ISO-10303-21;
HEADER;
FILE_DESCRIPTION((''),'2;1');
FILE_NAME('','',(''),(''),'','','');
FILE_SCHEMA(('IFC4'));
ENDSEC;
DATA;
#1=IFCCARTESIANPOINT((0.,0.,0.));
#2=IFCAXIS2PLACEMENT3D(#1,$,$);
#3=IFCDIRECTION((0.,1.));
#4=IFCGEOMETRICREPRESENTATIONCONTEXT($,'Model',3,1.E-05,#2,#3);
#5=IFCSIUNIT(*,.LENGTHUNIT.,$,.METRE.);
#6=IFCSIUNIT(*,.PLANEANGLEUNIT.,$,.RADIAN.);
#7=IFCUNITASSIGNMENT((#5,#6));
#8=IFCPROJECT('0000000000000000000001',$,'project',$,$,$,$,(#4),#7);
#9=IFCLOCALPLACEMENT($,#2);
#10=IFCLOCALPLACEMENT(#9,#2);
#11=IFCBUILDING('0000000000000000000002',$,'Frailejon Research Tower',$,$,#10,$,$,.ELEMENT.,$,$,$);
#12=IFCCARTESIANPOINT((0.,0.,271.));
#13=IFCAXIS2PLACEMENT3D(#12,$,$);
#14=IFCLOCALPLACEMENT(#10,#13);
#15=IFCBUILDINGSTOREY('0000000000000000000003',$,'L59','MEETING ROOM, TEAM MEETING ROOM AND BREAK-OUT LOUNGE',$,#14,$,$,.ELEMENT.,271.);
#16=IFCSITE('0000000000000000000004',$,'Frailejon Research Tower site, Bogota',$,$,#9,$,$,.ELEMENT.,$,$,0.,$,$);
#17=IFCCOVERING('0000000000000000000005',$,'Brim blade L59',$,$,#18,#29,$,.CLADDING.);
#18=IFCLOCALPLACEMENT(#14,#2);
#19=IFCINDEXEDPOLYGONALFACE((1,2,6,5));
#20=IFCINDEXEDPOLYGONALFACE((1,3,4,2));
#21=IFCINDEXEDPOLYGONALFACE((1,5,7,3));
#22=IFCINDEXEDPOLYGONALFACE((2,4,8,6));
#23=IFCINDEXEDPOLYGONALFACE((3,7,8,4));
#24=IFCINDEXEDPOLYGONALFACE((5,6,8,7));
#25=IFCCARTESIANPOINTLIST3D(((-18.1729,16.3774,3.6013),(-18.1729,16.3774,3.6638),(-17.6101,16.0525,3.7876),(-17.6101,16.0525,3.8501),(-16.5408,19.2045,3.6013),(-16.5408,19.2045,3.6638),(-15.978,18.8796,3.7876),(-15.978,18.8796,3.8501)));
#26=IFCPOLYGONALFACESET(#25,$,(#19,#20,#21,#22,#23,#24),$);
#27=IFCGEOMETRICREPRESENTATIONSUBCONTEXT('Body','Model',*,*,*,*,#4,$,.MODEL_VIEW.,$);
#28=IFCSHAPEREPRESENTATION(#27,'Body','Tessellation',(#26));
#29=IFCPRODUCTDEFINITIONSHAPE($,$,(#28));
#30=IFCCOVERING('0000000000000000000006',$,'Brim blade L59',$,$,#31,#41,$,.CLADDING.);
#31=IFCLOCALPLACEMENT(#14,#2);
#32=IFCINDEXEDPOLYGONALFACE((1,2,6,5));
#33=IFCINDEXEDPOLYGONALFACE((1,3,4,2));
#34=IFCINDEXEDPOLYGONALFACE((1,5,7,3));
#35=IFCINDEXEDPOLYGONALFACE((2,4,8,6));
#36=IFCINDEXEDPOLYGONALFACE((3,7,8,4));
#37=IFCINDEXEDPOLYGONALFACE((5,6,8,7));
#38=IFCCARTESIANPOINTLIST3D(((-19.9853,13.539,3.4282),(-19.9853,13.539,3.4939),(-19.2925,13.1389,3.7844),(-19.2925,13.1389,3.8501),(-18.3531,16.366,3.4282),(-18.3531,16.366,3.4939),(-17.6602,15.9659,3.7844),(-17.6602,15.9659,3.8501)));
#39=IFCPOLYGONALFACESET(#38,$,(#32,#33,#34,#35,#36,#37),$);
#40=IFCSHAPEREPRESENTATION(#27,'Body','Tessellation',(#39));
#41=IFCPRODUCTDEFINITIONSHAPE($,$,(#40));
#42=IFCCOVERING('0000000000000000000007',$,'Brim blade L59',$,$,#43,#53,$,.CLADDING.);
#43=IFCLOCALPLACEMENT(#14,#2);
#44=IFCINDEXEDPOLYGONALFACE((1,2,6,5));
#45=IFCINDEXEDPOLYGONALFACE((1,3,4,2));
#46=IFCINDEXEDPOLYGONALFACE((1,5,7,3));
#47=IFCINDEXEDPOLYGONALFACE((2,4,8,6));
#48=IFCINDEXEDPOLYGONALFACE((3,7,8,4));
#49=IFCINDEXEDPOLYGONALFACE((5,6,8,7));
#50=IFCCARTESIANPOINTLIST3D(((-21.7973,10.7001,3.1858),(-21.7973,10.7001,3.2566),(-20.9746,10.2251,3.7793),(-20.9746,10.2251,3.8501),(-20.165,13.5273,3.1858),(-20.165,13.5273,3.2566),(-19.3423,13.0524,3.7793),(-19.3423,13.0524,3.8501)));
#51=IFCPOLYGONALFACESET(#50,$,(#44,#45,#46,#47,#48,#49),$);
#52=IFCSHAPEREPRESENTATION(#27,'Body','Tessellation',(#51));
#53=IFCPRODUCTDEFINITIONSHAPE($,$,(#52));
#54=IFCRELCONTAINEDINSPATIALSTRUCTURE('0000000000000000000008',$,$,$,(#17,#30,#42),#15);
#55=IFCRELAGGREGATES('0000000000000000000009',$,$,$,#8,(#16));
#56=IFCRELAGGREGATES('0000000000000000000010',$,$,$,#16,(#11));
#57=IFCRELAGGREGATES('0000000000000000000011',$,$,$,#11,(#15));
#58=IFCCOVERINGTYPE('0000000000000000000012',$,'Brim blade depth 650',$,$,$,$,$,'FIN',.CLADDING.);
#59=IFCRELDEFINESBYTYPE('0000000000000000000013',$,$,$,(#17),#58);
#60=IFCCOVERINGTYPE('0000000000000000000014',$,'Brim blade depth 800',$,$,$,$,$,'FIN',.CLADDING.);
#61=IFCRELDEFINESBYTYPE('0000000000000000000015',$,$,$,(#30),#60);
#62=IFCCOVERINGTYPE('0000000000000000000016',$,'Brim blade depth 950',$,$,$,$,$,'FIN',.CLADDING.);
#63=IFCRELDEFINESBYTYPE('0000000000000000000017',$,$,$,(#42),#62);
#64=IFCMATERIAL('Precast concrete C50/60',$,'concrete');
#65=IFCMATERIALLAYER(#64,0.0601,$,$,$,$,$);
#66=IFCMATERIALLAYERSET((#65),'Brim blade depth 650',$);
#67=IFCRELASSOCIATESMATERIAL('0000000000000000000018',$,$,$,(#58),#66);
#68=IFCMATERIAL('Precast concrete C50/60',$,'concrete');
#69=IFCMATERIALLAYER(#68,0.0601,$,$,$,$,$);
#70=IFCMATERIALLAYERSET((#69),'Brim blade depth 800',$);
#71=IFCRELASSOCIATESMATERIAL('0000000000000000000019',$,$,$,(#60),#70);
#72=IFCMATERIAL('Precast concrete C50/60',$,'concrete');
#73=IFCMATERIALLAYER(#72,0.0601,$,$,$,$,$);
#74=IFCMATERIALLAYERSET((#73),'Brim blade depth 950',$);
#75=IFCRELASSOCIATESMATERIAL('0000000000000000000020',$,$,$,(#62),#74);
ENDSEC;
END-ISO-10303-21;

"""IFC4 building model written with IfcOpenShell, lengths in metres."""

from ifc_helpers import new_model, si_unit, direction, frame, origin, place, context, subcontext, project, spatial, polyline, outline, extrude, material, layer, layer_set, type_object, element, save


model = new_model("IFC4")

# Units and contexts
model_context = context("Model", 3, precision=1e-05, world=origin(), true_north=direction((0.0, 1.0)))
body_context = subcontext(model_context, "Body", "Model", "MODEL_VIEW")
ifc_project = project(units=[si_unit("LENGTHUNIT", "METRE"), si_unit("PLANEANGLEUNIT", "RADIAN")], contexts=[model_context])

# Site, building, storey
site_placement = place(None, origin())
site = spatial("IfcSite", under=ifc_project, at=site_placement, Name="Frailejon Research Tower site, Bogota", CompositionType="ELEMENT", RefElevation=0.0)
building_placement = place(site_placement, origin())
building = spatial("IfcBuilding", under=site, at=building_placement, Name="Frailejon Research Tower", CompositionType="ELEMENT")
storey_placement = place(building_placement, frame((0.0, 0.0, 271.0)))
storey = spatial("IfcBuildingStorey", under=building, at=storey_placement, Name="L59", Description="MEETING ROOM, TEAM MEETING ROOM AND BREAK-OUT LOUNGE", CompositionType="ELEMENT", Elevation=271.0)

# Coverings
ifc_material_1 = material(Name="Precast concrete C50/60", Category="concrete")
ifc_layer_1 = layer(ifc_material_1, 0.0601)
ifc_layer_set_1 = layer_set([ifc_layer_1], Name="Brim blade depth 650")
covering_type_1 = type_object("IfcCoveringType", Name="Brim blade depth 650", ElementType="FIN", PredefinedType="CLADDING", material=ifc_layer_set_1)
covering_1_placement = place(storey_placement, frame((-17.6101, 16.0525, 3.8501), z_axis=(0.499981, 0.866036, 0.0), x_axis=(-0.866036, 0.499981, 0.0)))
element("IfcCovering", 1, at=covering_1_placement, inside=storey, type_object=covering_type_1, Name="Brim blade L59", PredefinedType="CLADDING", context=body_context, shape_type="SweptSolid", body=[
    extrude(outline(polyline([(0.0, -0.0625), (0.6499, -0.2488), (0.6499, -0.1863), (0.0, 0.0), (0.0, -0.0625)])), origin(), (0.0, 0.0, 1.0), 3.2644),
])
ifc_material_2 = material(Name="Precast concrete C50/60", Category="concrete")
ifc_layer_2 = layer(ifc_material_2, 0.0601)
ifc_layer_set_2 = layer_set([ifc_layer_2], Name="Brim blade depth 800")
covering_type_2 = type_object("IfcCoveringType", Name="Brim blade depth 800", ElementType="FIN", PredefinedType="CLADDING", material=ifc_layer_set_2)
covering_2_placement = place(storey_placement, frame((-19.2925, 13.1389, 3.8501), z_axis=(0.500017, 0.866016, 0.0), x_axis=(-0.866016, 0.500017, 0.0)))
element("IfcCovering", 2, at=covering_2_placement, inside=storey, type_object=covering_type_2, Name="Brim blade L59", PredefinedType="CLADDING", context=body_context, shape_type="SweptSolid", body=[
    extrude(outline(polyline([(0.0, -0.0657), (0.8, -0.4219), (0.8, -0.3562), (0.0, 0.0), (0.0, -0.0657)])), origin(), (0.0, 0.0, 1.0), 3.2644),
])
ifc_material_3 = material(Name="Precast concrete C50/60", Category="concrete")
ifc_layer_3 = layer(ifc_material_3, 0.0601)
ifc_layer_set_3 = layer_set([ifc_layer_3], Name="Brim blade depth 950")
covering_type_3 = type_object("IfcCoveringType", Name="Brim blade depth 950", ElementType="FIN", PredefinedType="CLADDING", material=ifc_layer_set_3)
covering_3_placement = place(storey_placement, frame((-20.9746, 10.2251, 3.8501), z_axis=(0.500004, 0.866023, 0.0), x_axis=(-0.866023, 0.500004, 0.0)))
element("IfcCovering", 3, at=covering_3_placement, inside=storey, type_object=covering_type_3, Name="Brim blade L59", PredefinedType="CLADDING", context=body_context, shape_type="SweptSolid", body=[
    extrude(outline(polyline([(0.0, -0.0708), (0.95, -0.6643), (0.95, -0.5935), (0.0, 0.0), (0.0, -0.0708)])), origin(), (0.0, 0.0, 1.0), 3.2646),
])

save(model, "model.ifc")
